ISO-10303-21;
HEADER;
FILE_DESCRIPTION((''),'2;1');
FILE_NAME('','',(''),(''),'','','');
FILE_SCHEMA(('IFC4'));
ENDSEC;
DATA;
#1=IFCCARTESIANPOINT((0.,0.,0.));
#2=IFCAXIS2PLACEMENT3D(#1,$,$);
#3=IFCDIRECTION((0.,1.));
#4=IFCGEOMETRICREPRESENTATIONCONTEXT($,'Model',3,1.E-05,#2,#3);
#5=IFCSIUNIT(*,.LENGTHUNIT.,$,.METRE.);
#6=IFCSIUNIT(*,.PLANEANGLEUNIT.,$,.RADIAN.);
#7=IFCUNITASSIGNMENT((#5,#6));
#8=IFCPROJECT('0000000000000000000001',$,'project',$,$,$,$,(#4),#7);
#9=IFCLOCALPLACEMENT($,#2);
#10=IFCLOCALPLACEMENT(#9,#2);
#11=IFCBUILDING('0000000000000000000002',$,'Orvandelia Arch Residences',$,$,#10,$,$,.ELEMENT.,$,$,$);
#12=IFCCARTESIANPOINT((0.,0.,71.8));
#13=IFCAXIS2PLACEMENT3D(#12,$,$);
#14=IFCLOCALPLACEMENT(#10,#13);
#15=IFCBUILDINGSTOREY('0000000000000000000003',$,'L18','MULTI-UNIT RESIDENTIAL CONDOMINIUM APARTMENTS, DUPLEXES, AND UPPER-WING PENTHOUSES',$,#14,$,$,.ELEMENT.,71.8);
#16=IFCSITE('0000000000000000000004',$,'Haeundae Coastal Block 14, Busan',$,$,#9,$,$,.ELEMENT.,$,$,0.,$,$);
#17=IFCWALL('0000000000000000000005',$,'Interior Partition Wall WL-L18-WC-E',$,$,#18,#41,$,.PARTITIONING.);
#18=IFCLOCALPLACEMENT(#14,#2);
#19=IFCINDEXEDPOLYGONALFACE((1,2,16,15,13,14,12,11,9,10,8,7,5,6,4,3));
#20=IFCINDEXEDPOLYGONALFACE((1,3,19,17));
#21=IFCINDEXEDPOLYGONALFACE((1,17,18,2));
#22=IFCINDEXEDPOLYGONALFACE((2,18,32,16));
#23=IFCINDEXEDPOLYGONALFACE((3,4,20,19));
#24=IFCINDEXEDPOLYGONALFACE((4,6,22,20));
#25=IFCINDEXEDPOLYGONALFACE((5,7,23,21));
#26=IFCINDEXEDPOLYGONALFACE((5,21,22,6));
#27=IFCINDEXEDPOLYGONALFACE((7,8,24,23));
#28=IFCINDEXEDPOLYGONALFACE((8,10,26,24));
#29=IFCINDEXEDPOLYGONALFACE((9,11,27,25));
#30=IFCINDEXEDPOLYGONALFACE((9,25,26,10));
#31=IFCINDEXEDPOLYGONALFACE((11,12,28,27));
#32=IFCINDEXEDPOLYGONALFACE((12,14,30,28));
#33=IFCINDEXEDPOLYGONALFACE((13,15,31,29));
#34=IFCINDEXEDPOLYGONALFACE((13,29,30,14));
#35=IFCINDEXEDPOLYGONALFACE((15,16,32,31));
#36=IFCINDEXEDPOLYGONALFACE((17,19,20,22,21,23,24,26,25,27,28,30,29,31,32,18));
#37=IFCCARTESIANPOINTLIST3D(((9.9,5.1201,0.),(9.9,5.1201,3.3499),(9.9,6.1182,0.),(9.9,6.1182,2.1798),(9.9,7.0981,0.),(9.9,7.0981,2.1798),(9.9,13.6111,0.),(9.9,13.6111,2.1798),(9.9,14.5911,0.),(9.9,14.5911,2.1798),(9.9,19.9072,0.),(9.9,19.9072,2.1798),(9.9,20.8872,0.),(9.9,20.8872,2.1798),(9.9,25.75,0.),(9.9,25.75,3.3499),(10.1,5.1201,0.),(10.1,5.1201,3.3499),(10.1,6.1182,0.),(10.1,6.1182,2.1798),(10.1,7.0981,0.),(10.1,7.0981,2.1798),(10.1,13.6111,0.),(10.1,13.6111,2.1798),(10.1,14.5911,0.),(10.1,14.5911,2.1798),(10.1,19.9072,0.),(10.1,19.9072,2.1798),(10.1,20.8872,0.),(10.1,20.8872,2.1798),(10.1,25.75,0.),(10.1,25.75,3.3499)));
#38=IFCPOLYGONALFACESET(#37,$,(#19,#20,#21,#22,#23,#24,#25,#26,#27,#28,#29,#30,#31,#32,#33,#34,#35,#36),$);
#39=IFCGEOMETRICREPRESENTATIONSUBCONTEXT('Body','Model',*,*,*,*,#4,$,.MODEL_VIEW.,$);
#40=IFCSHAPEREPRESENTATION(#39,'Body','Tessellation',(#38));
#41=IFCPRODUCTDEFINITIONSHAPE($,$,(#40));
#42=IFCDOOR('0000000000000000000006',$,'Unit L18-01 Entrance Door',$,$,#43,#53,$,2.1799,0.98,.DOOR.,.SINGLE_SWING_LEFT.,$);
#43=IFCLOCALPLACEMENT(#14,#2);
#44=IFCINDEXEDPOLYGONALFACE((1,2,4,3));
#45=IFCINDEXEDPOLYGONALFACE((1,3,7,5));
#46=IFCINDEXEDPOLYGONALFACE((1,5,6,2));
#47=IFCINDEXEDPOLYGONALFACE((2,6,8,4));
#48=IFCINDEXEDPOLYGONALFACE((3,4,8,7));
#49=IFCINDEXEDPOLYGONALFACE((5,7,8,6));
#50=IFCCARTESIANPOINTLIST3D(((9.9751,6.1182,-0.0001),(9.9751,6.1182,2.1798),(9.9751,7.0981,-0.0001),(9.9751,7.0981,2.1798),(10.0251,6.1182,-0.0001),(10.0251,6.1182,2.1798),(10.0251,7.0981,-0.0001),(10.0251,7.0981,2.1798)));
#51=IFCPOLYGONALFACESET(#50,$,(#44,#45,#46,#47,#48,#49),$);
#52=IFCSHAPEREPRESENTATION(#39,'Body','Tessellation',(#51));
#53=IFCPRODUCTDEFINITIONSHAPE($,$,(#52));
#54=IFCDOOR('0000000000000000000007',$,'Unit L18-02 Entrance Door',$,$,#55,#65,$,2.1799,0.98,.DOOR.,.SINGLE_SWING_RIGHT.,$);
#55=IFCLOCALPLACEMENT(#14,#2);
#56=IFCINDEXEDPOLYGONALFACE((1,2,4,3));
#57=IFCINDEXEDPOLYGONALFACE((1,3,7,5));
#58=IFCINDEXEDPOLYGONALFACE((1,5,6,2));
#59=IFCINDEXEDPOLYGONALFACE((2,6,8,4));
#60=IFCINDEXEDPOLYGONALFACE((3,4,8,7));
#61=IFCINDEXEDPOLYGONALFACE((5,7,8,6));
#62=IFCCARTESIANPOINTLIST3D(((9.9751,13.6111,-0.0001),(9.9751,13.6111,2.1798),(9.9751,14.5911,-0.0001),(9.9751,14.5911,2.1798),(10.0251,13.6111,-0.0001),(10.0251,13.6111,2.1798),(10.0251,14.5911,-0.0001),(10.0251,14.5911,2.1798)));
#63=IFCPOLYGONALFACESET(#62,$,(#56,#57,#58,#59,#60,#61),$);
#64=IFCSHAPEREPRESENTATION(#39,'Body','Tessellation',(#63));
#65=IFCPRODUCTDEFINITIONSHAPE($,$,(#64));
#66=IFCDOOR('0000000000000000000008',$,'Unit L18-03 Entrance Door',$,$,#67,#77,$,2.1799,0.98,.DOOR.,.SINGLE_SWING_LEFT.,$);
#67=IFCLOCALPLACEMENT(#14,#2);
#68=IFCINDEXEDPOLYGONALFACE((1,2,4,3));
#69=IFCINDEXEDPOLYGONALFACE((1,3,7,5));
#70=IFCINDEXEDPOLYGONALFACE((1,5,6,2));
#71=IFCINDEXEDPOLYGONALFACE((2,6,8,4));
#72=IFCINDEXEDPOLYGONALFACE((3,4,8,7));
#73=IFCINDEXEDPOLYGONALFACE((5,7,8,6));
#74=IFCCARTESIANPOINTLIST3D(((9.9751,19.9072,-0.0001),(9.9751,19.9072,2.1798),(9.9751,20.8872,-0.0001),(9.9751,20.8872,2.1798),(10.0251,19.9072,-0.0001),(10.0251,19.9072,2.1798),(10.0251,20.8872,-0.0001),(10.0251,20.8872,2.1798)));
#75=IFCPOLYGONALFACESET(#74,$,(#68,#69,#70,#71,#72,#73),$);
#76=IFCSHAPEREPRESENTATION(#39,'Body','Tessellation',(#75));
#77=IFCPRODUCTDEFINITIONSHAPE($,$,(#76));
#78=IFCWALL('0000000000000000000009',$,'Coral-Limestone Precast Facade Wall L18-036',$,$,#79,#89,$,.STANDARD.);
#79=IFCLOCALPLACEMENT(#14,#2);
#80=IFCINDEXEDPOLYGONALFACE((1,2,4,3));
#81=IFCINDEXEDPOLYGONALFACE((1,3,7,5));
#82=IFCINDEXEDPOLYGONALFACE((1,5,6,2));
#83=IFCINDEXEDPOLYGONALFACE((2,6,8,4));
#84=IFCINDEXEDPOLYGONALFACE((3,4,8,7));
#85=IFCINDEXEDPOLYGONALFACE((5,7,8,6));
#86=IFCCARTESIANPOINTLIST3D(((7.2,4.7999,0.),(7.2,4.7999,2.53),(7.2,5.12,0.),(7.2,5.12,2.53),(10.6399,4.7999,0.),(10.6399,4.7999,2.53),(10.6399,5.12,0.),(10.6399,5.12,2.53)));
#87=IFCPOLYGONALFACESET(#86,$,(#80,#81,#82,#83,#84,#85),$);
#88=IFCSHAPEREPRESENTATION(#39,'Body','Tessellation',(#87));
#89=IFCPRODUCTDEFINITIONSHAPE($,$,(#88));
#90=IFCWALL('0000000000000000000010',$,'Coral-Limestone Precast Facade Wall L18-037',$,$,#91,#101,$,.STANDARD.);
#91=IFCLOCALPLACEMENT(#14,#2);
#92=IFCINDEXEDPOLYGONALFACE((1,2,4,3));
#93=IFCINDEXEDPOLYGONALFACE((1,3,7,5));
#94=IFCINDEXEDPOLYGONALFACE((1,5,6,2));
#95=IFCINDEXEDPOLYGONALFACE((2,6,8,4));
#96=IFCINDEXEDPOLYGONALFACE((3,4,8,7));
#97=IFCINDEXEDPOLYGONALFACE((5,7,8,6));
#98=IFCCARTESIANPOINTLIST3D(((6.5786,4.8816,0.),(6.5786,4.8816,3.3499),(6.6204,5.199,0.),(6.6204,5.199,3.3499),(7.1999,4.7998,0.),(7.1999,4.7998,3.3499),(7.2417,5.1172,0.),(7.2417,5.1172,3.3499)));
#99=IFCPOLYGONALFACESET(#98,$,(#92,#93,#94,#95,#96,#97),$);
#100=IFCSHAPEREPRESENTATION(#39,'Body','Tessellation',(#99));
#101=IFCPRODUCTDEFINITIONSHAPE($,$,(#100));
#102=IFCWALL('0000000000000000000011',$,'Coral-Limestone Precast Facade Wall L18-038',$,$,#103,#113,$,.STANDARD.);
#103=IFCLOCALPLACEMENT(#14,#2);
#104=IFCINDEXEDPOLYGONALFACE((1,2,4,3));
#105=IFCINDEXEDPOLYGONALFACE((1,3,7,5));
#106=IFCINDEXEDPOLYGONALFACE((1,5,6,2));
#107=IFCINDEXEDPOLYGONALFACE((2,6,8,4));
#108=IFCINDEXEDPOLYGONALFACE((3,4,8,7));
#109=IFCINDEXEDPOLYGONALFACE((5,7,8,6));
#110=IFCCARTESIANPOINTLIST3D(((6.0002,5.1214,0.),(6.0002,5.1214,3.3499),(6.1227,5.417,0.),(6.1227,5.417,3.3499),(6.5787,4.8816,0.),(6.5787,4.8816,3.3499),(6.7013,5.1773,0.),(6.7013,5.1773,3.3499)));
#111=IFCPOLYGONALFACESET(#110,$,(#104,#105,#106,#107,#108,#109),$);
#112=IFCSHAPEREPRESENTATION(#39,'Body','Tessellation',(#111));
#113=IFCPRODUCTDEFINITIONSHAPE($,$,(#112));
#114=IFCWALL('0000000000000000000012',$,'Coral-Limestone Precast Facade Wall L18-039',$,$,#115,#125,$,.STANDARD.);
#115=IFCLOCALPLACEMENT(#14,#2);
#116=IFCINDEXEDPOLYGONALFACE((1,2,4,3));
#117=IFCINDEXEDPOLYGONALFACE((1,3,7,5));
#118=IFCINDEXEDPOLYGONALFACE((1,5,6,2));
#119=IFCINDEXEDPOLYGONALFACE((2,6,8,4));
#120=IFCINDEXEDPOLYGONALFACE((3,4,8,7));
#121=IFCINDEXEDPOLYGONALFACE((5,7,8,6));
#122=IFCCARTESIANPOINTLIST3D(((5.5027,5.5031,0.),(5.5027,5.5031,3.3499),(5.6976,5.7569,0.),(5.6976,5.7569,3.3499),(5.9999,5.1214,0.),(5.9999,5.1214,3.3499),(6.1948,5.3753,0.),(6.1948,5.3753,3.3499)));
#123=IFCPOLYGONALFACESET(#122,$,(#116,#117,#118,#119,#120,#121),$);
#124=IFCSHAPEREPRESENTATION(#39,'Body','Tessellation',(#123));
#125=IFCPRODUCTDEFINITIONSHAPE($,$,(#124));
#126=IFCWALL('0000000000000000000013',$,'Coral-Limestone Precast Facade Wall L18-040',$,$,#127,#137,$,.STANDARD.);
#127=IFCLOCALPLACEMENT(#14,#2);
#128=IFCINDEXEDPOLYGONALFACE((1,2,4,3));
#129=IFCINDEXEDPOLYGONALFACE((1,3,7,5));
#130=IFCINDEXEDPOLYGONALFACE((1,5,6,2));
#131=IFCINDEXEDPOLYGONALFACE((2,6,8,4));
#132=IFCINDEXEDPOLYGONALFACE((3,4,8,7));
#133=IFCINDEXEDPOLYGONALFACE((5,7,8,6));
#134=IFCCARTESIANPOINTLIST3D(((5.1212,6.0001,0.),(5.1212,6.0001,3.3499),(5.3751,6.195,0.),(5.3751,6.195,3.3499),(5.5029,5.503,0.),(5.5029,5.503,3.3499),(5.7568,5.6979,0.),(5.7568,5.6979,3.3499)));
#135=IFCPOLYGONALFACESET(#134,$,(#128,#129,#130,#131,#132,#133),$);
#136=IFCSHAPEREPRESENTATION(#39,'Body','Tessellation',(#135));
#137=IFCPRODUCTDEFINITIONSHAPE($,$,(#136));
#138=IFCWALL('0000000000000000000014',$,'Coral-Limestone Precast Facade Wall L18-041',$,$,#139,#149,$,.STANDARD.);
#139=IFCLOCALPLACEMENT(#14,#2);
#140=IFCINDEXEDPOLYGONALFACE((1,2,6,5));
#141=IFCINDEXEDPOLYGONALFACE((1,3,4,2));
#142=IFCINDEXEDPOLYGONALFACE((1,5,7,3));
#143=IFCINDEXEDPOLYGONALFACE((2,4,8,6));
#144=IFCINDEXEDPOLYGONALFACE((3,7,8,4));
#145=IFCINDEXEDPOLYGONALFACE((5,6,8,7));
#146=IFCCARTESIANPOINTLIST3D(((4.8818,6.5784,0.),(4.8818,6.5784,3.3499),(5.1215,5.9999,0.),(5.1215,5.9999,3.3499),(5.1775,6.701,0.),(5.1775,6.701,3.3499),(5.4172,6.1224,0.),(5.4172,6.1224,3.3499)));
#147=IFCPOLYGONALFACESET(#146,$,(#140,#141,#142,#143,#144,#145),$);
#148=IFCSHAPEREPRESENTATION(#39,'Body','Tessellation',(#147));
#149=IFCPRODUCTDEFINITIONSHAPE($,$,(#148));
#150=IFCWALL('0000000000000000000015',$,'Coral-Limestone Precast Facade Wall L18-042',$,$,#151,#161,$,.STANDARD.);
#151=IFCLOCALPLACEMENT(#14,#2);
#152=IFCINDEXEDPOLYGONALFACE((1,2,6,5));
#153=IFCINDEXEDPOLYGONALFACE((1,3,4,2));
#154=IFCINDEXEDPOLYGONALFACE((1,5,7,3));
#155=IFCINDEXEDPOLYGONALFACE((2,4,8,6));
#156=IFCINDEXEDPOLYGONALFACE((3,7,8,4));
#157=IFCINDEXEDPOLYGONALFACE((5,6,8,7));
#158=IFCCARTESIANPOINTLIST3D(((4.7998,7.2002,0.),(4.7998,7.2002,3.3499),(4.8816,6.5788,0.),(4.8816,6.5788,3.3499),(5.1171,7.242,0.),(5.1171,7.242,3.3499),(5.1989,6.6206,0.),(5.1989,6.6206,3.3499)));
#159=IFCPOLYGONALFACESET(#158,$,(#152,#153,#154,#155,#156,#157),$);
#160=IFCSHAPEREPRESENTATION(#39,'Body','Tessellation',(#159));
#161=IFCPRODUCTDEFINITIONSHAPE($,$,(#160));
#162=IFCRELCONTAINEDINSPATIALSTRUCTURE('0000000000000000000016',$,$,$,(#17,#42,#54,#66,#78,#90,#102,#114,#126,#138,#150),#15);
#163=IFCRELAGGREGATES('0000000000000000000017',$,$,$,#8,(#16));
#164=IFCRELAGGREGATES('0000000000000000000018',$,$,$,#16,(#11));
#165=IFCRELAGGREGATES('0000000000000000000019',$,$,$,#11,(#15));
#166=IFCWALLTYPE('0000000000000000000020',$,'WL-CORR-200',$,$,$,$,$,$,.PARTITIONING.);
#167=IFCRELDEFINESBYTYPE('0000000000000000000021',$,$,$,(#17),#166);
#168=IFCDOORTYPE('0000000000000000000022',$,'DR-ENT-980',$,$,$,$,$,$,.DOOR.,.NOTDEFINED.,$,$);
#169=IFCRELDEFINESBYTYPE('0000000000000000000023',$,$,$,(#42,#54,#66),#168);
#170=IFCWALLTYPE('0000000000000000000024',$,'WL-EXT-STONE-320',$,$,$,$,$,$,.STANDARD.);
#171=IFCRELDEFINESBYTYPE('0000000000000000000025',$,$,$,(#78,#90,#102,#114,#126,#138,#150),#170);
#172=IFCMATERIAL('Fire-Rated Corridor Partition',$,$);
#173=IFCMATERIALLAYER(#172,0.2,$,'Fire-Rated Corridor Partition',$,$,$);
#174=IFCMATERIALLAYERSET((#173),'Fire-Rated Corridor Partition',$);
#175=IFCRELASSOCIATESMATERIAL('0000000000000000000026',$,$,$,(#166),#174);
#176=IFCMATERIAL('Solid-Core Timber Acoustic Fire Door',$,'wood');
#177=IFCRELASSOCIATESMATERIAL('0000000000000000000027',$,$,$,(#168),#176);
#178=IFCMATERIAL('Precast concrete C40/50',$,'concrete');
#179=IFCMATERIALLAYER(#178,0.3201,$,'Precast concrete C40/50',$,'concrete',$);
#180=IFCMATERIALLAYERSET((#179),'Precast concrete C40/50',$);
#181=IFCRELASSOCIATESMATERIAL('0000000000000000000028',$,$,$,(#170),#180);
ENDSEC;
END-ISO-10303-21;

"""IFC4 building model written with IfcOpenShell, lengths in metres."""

from ifc_helpers import new_model, si_unit, direction, frame, frame_2d, origin, place, context, subcontext, project, spatial, rectangle, extrude, material, layer, layer_set, type_object, element, fill, save


model = new_model("IFC4")

# Units and contexts
model_context = context("Model", 3, precision=1e-05, world=origin(), true_north=direction((0.0, 1.0)))
body_context = subcontext(model_context, "Body", "Model", "MODEL_VIEW")
ifc_project = project(units=[si_unit("LENGTHUNIT", "METRE"), si_unit("PLANEANGLEUNIT", "RADIAN")], contexts=[model_context])

# Site, building, storey
site_placement = place(None, origin())
site = spatial("IfcSite", under=ifc_project, at=site_placement, Name="Haeundae Coastal Block 14, Busan", CompositionType="ELEMENT", RefElevation=0.0)
building_placement = place(site_placement, origin())
building = spatial("IfcBuilding", under=site, at=building_placement, Name="Orvandelia Arch Residences", CompositionType="ELEMENT")
storey_placement = place(building_placement, frame((0.0, 0.0, 71.8)))
storey = spatial("IfcBuildingStorey", under=building, at=storey_placement, Name="L18", Description="MULTI-UNIT RESIDENTIAL CONDOMINIUM APARTMENTS, DUPLEXES, AND UPPER-WING PENTHOUSES", CompositionType="ELEMENT", Elevation=71.8)

# Shared definitions
ifc_material_1 = material(Name="Precast concrete C40/50", Category="concrete")

# Wall, openings, doors
ifc_material_2 = material(Name="Fire-Rated Corridor Partition")
ifc_layer_1 = layer(ifc_material_2, 0.2, Name="Fire-Rated Corridor Partition")
ifc_layer_set_1 = layer_set([ifc_layer_1], Name="Fire-Rated Corridor Partition")
wall_type_1 = type_object("IfcWallType", Name="WL-CORR-200", PredefinedType="PARTITIONING", material=ifc_layer_set_1)
wall_1_placement = place(storey_placement, frame((10.0, 5.1201, 0.0), z_axis=(0.0, 0.0, 1.0), x_axis=(0.0, 1.0, 0.0)))
wall_1 = element("IfcWall", 1, at=wall_1_placement, inside=storey, type_object=wall_type_1, Name="Interior Partition Wall WL-L18-WC-E", PredefinedType="PARTITIONING", context=body_context, shape_type="SweptSolid", body=[
    extrude(rectangle(XDim=20.6299, YDim=0.2, at=frame_2d((10.3149, 0.0))), origin(), (0.0, 0.0, 1.0), 3.3499),
])
opening_1_placement = place(wall_1_placement, frame((0.998, 0.0, 0.0)))
opening_1 = element("IfcOpeningElement", 2, at=opening_1_placement, cuts=wall_1, PredefinedType="OPENING", context=body_context, shape_type="SweptSolid", body=[
    extrude(rectangle(XDim=0.98, YDim=2.1799, at=frame_2d((0.49, 1.0898))), frame((0.0, 0.1099, 0.0), z_axis=(0.0, -1.0, 0.0), x_axis=(1.0, 0.0, 0.0)), (0.0, 0.0, 1.0), 0.22),
])
opening_2_placement = place(wall_1_placement, frame((8.491, 0.0, 0.0)))
opening_2 = element("IfcOpeningElement", 3, at=opening_2_placement, cuts=wall_1, PredefinedType="OPENING", context=body_context, shape_type="SweptSolid", body=[
    extrude(rectangle(XDim=0.98, YDim=2.1799, at=frame_2d((0.49, 1.0898))), frame((0.0, 0.1099, 0.0), z_axis=(0.0, -1.0, 0.0), x_axis=(1.0, 0.0, 0.0)), (0.0, 0.0, 1.0), 0.22),
])
opening_3_placement = place(wall_1_placement, frame((14.7871, 0.0, 0.0)))
opening_3 = element("IfcOpeningElement", 4, at=opening_3_placement, cuts=wall_1, PredefinedType="OPENING", context=body_context, shape_type="SweptSolid", body=[
    extrude(rectangle(XDim=0.98, YDim=2.1799, at=frame_2d((0.49, 1.0898))), frame((0.0, 0.1099, 0.0), z_axis=(0.0, -1.0, 0.0), x_axis=(1.0, 0.0, 0.0)), (0.0, 0.0, 1.0), 0.22),
])
ifc_material_3 = material(Name="Solid-Core Timber Acoustic Fire Door", Category="wood")
door_type_1 = type_object("IfcDoorType", Name="DR-ENT-980", OperationType="NOTDEFINED", PredefinedType="DOOR", material=ifc_material_3)
door_1_placement = place(opening_1_placement, origin())
door_1 = element("IfcDoor", 5, at=door_1_placement, inside=storey, type_object=door_type_1, Name="Unit L18-01 Entrance Door", OperationType="SINGLE_SWING_LEFT", OverallHeight=2.1799, OverallWidth=0.98, PredefinedType="DOOR", context=body_context, shape_type="SweptSolid", body=[
    extrude(rectangle(XDim=0.98, YDim=2.1799, at=frame_2d((0.49, 1.0898))), frame((0.0, 0.0249, 0.0), z_axis=(0.0, -1.0, 0.0), x_axis=(1.0, 0.0, 0.0)), (0.0, 0.0, 1.0), 0.05),
])
fill(opening_1, door_1)
door_2_placement = place(opening_2_placement, origin())
door_2 = element("IfcDoor", 6, at=door_2_placement, inside=storey, type_object=door_type_1, Name="Unit L18-02 Entrance Door", OperationType="SINGLE_SWING_RIGHT", OverallHeight=2.1799, OverallWidth=0.98, PredefinedType="DOOR", context=body_context, shape_type="SweptSolid", body=[
    extrude(rectangle(XDim=0.98, YDim=2.1799, at=frame_2d((0.49, 1.0898))), frame((0.0, 0.0249, 0.0), z_axis=(0.0, -1.0, 0.0), x_axis=(1.0, 0.0, 0.0)), (0.0, 0.0, 1.0), 0.05),
])
fill(opening_2, door_2)
door_3_placement = place(opening_3_placement, origin())
door_3 = element("IfcDoor", 7, at=door_3_placement, inside=storey, type_object=door_type_1, Name="Unit L18-03 Entrance Door", OperationType="SINGLE_SWING_LEFT", OverallHeight=2.1799, OverallWidth=0.98, PredefinedType="DOOR", context=body_context, shape_type="SweptSolid", body=[
    extrude(rectangle(XDim=0.98, YDim=2.1799, at=frame_2d((0.49, 1.0898))), frame((0.0, 0.0249, 0.0), z_axis=(0.0, -1.0, 0.0), x_axis=(1.0, 0.0, 0.0)), (0.0, 0.0, 1.0), 0.05),
])
fill(opening_3, door_3)

# Walls
ifc_layer_2 = layer(ifc_material_1, 0.3201, Name="Precast concrete C40/50", Category="concrete")
ifc_layer_set_2 = layer_set([ifc_layer_2], Name="Precast concrete C40/50")
wall_type_2 = type_object("IfcWallType", Name="WL-EXT-STONE-320", PredefinedType="STANDARD", material=ifc_layer_set_2)
wall_2_placement = place(storey_placement, frame((10.6399, 4.96, 0.0), z_axis=(0.0, 0.0, 1.0), x_axis=(-1.0, 0.0, 0.0)))
element("IfcWall", 8, at=wall_2_placement, inside=storey, type_object=wall_type_2, Name="Coral-Limestone Precast Facade Wall L18-036", PredefinedType="STANDARD", context=body_context, shape_type="SweptSolid", body=[
    extrude(rectangle(XDim=3.4399, YDim=0.3201, at=frame_2d((1.72, 0.0))), origin(), (0.0, 0.0, 1.0), 2.53),
])
wall_3_placement = place(storey_placement, frame((7.2209, 4.9585, 0.0), z_axis=(0.0, 0.0, 1.0), x_axis=(-0.991448, 0.130505, 0.0)))
element("IfcWall", 9, at=wall_3_placement, inside=storey, type_object=wall_type_2, Name="Coral-Limestone Precast Facade Wall L18-037", PredefinedType="STANDARD", context=body_context, shape_type="SweptSolid", body=[
    extrude(rectangle(XDim=0.6267, YDim=0.3201, at=frame_2d((0.3135, 0.0))), origin(), (0.0, 0.0, 1.0), 3.3499),
])
wall_4_placement = place(storey_placement, frame((6.6399, 5.0295, 0.0), z_axis=(0.0, 0.0, 1.0), x_axis=(-0.923836, 0.382788, 0.0)))
element("IfcWall", 10, at=wall_4_placement, inside=storey, type_object=wall_type_2, Name="Coral-Limestone Precast Facade Wall L18-038", PredefinedType="STANDARD", context=body_context, shape_type="SweptSolid", body=[
    extrude(rectangle(XDim=0.6262, YDim=0.3201, at=frame_2d((0.313, 0.0))), origin(), (0.0, 0.0, 1.0), 3.3499),
])
for number, where, z_axis, x_axis, name in (
    (11, (6.0974, 5.2483, 0.0), (0.0, 0.0, 1.0), (-0.793217, 0.608939, 0.0), "Coral-Limestone Precast Facade Wall L18-039"),
    (12, (5.6299, 5.6003, 0.0), (0.0, 0.0, 1.0), (-0.608939, 0.793217, 0.0), "Coral-Limestone Precast Facade Wall L18-040"),
):
    element("IfcWall", number, at=place(storey_placement, frame(where, z_axis=z_axis, x_axis=x_axis)), inside=storey, type_object=wall_type_2, Name=name, PredefinedType="STANDARD", context=body_context, shape_type="SweptSolid", body=[
        extrude(rectangle(XDim=0.6267, YDim=0.3201, at=frame_2d((0.3135, 0.0))), origin(), (0.0, 0.0, 1.0), 3.3499),
    ])
wall_5_placement = place(storey_placement, frame((5.2693, 6.0613, 0.0), z_axis=(0.0, 0.0, 1.0), x_axis=(-0.382788, 0.923836, 0.0)))
element("IfcWall", 13, at=wall_5_placement, inside=storey, type_object=wall_type_2, Name="Coral-Limestone Precast Facade Wall L18-041", PredefinedType="STANDARD", context=body_context, shape_type="SweptSolid", body=[
    extrude(rectangle(XDim=0.6262, YDim=0.3201, at=frame_2d((0.313, 0.0))), origin(), (0.0, 0.0, 1.0), 3.3499),
])
wall_6_placement = place(storey_placement, frame((5.0403, 6.5996, 0.0), z_axis=(0.0, 0.0, 1.0), x_axis=(-0.130505, 0.991448, 0.0)))
element("IfcWall", 14, at=wall_6_placement, inside=storey, type_object=wall_type_2, Name="Coral-Limestone Precast Facade Wall L18-042", PredefinedType="STANDARD", context=body_context, shape_type="SweptSolid", body=[
    extrude(rectangle(XDim=0.6267, YDim=0.3201, at=frame_2d((0.3135, 0.0))), origin(), (0.0, 0.0, 1.0), 3.3499),
])

save(model, "model.ifc")
